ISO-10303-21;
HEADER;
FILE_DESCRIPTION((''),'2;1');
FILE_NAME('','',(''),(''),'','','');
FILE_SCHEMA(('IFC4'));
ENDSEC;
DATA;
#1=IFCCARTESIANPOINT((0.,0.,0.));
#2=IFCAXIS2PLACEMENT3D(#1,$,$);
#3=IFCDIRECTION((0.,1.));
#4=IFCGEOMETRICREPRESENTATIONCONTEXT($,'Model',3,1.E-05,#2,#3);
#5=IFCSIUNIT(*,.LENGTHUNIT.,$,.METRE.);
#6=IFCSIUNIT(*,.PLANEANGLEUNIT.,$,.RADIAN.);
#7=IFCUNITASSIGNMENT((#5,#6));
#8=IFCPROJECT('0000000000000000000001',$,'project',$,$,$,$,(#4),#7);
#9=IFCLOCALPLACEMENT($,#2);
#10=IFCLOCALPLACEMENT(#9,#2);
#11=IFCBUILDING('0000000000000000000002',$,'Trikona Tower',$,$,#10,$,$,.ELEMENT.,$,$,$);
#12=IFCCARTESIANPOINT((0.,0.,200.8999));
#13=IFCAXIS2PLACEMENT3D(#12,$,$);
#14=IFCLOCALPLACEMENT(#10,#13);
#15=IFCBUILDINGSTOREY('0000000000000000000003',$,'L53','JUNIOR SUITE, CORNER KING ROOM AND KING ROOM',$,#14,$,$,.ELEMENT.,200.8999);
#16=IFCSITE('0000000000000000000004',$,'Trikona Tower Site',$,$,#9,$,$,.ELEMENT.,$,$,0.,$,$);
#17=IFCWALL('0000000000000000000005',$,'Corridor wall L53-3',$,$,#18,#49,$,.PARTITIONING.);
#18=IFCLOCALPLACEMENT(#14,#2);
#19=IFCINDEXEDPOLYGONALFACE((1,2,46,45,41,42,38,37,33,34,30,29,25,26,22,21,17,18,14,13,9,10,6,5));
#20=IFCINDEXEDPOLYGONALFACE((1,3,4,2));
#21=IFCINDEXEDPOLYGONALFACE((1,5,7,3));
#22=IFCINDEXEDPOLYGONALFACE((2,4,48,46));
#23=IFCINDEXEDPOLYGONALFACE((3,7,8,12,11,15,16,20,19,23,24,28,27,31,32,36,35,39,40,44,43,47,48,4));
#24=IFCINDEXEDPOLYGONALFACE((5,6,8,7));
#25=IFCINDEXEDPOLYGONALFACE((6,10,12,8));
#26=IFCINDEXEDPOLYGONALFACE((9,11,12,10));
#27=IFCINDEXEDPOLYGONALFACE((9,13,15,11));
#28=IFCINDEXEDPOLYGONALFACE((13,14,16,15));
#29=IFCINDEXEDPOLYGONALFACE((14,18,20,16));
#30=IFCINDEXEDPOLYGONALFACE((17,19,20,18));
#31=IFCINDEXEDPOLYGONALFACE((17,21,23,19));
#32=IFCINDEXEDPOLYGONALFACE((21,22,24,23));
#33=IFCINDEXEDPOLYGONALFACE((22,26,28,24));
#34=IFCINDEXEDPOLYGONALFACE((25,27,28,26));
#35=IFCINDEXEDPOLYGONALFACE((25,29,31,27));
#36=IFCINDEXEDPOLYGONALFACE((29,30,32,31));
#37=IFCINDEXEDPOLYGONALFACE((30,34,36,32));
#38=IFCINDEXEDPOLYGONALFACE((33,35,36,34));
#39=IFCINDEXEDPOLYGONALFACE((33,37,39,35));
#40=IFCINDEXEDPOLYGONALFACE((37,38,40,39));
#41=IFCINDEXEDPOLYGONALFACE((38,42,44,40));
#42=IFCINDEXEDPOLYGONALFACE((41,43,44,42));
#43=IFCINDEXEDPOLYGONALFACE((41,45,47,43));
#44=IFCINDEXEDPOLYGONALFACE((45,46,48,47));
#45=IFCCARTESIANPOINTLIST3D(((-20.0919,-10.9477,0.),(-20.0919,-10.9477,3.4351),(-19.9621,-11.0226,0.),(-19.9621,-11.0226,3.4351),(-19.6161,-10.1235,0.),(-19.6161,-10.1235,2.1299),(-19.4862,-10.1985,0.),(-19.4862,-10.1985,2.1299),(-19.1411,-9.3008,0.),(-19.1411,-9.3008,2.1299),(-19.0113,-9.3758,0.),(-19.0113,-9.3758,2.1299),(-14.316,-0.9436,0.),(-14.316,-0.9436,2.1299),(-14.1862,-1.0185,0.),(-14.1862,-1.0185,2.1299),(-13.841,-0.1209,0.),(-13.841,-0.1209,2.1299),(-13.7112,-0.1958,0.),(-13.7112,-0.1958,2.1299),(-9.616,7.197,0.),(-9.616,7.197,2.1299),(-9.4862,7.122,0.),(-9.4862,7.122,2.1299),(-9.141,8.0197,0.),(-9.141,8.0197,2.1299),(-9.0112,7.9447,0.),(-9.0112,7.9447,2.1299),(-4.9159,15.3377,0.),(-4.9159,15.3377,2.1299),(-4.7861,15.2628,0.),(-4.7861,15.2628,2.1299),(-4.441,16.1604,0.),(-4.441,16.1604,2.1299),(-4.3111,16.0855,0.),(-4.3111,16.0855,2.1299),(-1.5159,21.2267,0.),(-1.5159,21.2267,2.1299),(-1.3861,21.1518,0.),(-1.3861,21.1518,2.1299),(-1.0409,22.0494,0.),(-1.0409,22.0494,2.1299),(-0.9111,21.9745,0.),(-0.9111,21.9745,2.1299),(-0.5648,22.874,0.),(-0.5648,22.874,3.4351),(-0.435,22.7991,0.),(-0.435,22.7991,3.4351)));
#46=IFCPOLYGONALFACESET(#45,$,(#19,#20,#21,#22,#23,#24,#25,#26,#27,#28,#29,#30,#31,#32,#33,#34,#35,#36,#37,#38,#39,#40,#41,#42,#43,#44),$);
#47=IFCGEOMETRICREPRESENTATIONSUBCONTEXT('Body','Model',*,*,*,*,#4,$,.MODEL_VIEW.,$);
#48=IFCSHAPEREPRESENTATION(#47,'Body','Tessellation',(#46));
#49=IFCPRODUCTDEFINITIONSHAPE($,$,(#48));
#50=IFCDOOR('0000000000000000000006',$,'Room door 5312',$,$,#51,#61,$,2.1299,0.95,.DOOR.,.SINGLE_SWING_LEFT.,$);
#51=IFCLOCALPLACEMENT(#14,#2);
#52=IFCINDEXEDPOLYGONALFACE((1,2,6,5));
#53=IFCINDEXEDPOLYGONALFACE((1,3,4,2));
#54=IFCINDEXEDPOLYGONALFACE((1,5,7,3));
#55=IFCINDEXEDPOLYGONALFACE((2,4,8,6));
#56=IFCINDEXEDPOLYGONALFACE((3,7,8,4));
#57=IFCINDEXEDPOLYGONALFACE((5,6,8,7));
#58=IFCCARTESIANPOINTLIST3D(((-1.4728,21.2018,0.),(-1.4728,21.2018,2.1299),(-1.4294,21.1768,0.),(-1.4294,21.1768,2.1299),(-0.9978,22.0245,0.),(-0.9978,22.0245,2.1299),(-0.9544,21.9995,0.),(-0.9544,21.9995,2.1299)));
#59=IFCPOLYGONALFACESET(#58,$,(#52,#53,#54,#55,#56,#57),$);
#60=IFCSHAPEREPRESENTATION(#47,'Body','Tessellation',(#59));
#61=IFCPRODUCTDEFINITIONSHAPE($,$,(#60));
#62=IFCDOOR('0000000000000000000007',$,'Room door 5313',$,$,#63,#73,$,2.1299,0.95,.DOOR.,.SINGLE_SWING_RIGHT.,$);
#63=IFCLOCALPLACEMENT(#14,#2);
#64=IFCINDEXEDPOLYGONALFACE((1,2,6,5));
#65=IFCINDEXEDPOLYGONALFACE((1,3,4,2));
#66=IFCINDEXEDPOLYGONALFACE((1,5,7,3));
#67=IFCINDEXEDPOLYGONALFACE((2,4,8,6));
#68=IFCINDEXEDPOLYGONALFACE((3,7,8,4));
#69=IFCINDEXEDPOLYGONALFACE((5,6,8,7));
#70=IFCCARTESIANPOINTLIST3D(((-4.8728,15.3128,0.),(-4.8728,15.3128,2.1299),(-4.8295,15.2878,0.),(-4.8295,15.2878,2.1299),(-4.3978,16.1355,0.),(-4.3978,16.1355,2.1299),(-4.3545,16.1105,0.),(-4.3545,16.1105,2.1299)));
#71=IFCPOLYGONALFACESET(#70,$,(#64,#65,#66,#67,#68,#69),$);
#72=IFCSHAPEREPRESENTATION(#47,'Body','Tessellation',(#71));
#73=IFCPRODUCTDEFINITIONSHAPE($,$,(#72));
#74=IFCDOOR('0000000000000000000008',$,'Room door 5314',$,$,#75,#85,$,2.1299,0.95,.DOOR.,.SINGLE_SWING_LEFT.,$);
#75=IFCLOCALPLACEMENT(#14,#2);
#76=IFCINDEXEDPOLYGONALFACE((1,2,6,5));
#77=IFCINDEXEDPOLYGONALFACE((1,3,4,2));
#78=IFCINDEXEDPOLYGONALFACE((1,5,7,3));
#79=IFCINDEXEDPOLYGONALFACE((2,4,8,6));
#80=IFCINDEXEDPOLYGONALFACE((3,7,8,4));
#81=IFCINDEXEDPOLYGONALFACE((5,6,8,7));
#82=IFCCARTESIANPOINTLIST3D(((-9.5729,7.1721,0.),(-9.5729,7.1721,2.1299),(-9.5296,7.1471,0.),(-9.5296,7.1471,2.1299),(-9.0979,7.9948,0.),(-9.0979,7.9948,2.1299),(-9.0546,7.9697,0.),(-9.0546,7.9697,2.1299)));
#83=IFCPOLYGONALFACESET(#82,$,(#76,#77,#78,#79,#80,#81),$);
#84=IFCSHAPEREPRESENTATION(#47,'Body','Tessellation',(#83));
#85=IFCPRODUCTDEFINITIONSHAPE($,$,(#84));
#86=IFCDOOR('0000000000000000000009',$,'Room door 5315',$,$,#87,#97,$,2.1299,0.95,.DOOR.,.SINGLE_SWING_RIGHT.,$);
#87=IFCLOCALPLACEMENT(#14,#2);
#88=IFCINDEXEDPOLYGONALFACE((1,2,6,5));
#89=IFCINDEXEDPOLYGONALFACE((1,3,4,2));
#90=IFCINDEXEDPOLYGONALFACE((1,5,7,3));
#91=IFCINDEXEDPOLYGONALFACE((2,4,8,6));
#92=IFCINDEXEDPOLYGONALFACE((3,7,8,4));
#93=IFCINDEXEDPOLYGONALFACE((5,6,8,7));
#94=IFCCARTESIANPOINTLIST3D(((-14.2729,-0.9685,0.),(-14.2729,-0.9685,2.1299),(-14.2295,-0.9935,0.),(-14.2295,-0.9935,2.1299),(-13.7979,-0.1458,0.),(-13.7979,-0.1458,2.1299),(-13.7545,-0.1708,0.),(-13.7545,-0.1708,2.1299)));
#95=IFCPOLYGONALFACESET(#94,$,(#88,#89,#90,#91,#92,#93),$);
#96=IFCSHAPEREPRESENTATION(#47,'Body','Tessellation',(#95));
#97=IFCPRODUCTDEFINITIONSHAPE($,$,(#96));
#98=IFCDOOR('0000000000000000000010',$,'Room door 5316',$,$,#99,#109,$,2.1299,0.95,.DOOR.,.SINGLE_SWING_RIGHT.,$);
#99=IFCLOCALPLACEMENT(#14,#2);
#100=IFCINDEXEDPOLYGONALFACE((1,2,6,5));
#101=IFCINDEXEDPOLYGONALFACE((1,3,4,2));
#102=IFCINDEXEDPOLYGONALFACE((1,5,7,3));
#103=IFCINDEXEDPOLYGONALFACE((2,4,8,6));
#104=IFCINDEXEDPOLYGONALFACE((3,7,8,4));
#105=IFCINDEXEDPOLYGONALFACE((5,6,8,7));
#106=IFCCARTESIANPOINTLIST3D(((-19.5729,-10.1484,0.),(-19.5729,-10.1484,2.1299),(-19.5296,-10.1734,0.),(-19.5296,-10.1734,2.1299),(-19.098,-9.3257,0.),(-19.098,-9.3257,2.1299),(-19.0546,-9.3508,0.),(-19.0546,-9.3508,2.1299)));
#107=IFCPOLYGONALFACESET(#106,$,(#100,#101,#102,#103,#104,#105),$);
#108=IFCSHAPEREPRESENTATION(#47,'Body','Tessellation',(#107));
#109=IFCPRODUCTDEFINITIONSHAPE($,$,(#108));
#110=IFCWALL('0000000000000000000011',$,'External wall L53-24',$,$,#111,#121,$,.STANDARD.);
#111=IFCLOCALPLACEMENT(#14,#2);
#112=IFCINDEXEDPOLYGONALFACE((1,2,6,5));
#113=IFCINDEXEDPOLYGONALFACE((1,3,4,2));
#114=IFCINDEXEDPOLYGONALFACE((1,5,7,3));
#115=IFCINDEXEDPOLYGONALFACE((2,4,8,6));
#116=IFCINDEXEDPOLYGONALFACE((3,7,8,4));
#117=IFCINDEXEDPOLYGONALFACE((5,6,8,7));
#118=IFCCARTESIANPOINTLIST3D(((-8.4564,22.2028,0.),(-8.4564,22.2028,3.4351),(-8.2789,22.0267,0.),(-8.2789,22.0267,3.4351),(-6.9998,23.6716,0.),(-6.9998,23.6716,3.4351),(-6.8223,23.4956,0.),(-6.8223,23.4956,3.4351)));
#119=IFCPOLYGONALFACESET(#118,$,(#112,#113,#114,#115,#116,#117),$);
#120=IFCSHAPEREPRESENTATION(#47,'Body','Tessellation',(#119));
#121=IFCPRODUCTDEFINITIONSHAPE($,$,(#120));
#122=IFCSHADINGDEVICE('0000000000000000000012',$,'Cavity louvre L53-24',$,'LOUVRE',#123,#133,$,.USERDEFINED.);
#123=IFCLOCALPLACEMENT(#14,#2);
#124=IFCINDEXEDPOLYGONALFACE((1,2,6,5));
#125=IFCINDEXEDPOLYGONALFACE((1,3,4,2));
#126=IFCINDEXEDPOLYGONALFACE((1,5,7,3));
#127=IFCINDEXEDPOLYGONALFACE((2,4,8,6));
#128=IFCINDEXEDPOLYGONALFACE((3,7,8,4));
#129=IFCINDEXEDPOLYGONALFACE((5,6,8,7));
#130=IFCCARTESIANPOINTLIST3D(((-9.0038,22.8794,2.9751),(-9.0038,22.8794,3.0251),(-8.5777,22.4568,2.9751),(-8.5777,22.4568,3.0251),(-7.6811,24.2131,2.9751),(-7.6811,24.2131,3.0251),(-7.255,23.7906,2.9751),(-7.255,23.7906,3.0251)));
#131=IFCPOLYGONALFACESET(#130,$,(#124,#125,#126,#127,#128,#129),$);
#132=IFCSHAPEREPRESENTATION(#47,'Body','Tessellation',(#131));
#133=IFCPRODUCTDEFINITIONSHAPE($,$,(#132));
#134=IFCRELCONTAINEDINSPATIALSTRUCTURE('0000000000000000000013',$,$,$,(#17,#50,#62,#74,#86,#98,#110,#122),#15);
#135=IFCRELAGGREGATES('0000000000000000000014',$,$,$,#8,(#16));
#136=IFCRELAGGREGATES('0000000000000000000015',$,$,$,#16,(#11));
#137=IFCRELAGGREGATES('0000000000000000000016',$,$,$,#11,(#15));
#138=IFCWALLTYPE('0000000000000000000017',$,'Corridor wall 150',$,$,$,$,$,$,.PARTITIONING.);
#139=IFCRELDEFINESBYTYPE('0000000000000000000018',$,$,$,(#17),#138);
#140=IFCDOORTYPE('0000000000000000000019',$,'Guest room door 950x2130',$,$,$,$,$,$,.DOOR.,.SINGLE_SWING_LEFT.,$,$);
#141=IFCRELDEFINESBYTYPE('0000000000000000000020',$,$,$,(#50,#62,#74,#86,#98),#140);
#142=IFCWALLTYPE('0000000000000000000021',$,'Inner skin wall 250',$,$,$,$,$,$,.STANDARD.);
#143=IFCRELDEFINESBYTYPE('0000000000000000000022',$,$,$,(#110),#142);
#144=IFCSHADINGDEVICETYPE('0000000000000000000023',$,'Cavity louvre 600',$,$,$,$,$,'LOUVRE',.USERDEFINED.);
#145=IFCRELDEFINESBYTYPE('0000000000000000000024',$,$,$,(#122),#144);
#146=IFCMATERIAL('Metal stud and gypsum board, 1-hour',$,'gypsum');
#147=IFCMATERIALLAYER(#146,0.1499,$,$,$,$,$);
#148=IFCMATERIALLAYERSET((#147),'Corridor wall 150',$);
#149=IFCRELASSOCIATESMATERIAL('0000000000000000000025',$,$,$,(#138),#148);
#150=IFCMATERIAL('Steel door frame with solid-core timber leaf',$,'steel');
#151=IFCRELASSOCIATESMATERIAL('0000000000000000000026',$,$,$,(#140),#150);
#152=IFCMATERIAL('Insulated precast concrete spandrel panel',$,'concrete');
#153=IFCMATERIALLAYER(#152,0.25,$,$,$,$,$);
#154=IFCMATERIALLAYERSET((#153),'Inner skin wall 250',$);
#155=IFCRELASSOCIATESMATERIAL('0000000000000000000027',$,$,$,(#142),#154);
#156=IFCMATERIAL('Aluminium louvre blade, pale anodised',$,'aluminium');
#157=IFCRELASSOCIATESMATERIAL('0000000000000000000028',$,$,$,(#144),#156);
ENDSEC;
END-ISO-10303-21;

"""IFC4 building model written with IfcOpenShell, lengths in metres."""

from ifc_helpers import new_model, si_unit, direction, frame, frame_2d, origin, origin_2d, place, context, subcontext, project, spatial, rectangle, extrude, material, layer, layer_set, type_object, element, fill, save


model = new_model("IFC4")

# Units and contexts
model_context = context("Model", 3, precision=1e-05, world=origin(), true_north=direction((0.0, 1.0)))
body_context = subcontext(model_context, "Body", "Model", "MODEL_VIEW")
ifc_project = project(units=[si_unit("LENGTHUNIT", "METRE"), si_unit("PLANEANGLEUNIT", "RADIAN")], contexts=[model_context])

# Site, building, storey
site_placement = place(None, origin())
site = spatial("IfcSite", under=ifc_project, at=site_placement, Name="Trikona Tower Site", CompositionType="ELEMENT", RefElevation=0.0)
building_placement = place(site_placement, origin())
building = spatial("IfcBuilding", under=site, at=building_placement, Name="Trikona Tower", CompositionType="ELEMENT")
storey_placement = place(building_placement, frame((0.0, 0.0, 200.8999)))
storey = spatial("IfcBuildingStorey", under=building, at=storey_placement, Name="L53", Description="JUNIOR SUITE, CORNER KING ROOM AND KING ROOM", CompositionType="ELEMENT", Elevation=200.8999)

# Wall, openings, doors
ifc_material_1 = material(Name="Metal stud and gypsum board, 1-hour", Category="gypsum")
ifc_layer_1 = layer(ifc_material_1, 0.1499)
ifc_layer_set_1 = layer_set([ifc_layer_1], Name="Corridor wall 150")
wall_type_1 = type_object("IfcWallType", Name="Corridor wall 150", PredefinedType="PARTITIONING", material=ifc_layer_set_1)
wall_1_placement = place(storey_placement, frame((-0.5, 22.8364, 0.0), z_axis=(0.0, 0.0, 1.0), x_axis=(-0.500002, -0.866024, 0.0)))
wall_1 = element("IfcWall", 1, at=wall_1_placement, inside=storey, type_object=wall_type_1, Name="Corridor wall L53-3", PredefinedType="PARTITIONING", context=body_context, shape_type="SweptSolid", body=[
    extrude(rectangle(XDim=39.054, YDim=0.1499, at=frame_2d((19.5269, 0.0))), origin(), (0.0, 0.0, 1.0), 3.4351),
])
opening_1_placement = place(wall_1_placement, frame((0.9519, 0.0, 0.0)))
opening_1 = element("IfcOpeningElement", 2, at=opening_1_placement, cuts=wall_1, PredefinedType="OPENING", context=body_context, shape_type="SweptSolid", body=[
    extrude(rectangle(XDim=0.95, YDim=2.1299, at=frame_2d((0.4751, 1.0649))), frame((0.0, 0.085, 0.0), z_axis=(0.0, -1.0, 0.0), x_axis=(1.0, 0.0, 0.0)), (0.0, 0.0, 1.0), 0.1699),
])
opening_2_placement = place(wall_1_placement, frame((7.752, 0.0, 0.0)))
opening_2 = element("IfcOpeningElement", 3, at=opening_2_placement, cuts=wall_1, PredefinedType="OPENING", context=body_context, shape_type="SweptSolid", body=[
    extrude(rectangle(XDim=0.95, YDim=2.1299, at=frame_2d((0.4751, 1.0649))), frame((0.0, 0.085, 0.0), z_axis=(0.0, -1.0, 0.0), x_axis=(1.0, 0.0, 0.0)), (0.0, 0.0, 1.0), 0.1699),
])
opening_3_placement = place(wall_1_placement, frame((17.1521, 0.0, 0.0)))
opening_3 = element("IfcOpeningElement", 4, at=opening_3_placement, cuts=wall_1, PredefinedType="OPENING", context=body_context, shape_type="SweptSolid", body=[
    extrude(rectangle(XDim=0.95, YDim=2.1299, at=frame_2d((0.4751, 1.0649))), frame((0.0, 0.085, 0.0), z_axis=(0.0, -1.0, 0.0), x_axis=(1.0, 0.0, 0.0)), (0.0, 0.0, 1.0), 0.1699),
])
opening_4_placement = place(wall_1_placement, frame((26.552, 0.0, 0.0)))
opening_4 = element("IfcOpeningElement", 5, at=opening_4_placement, cuts=wall_1, PredefinedType="OPENING", context=body_context, shape_type="SweptSolid", body=[
    extrude(rectangle(XDim=0.95, YDim=2.1299, at=frame_2d((0.4751, 1.0649))), frame((0.0, 0.085, 0.0), z_axis=(0.0, -1.0, 0.0), x_axis=(1.0, 0.0, 0.0)), (0.0, 0.0, 1.0), 0.1699),
])
opening_5_placement = place(wall_1_placement, frame((37.1521, 0.0, 0.0)))
opening_5 = element("IfcOpeningElement", 6, at=opening_5_placement, cuts=wall_1, PredefinedType="OPENING", context=body_context, shape_type="SweptSolid", body=[
    extrude(rectangle(XDim=0.95, YDim=2.1299, at=frame_2d((0.4751, 1.0649))), frame((0.0, 0.085, 0.0), z_axis=(0.0, -1.0, 0.0), x_axis=(1.0, 0.0, 0.0)), (0.0, 0.0, 1.0), 0.1699),
])
ifc_material_2 = material(Name="Steel door frame with solid-core timber leaf", Category="steel")
door_type = type_object("IfcDoorType", Name="Guest room door 950x2130", OperationType="SINGLE_SWING_LEFT", PredefinedType="DOOR", material=ifc_material_2)
door_1_placement = place(opening_1_placement, origin())
door_1 = element("IfcDoor", 7, at=door_1_placement, inside=storey, type_object=door_type, Name="Room door 5312", OperationType="SINGLE_SWING_LEFT", OverallHeight=2.1299, OverallWidth=0.95, PredefinedType="DOOR", context=body_context, shape_type="SweptSolid", body=[
    extrude(rectangle(XDim=0.95, YDim=2.1299, at=frame_2d((0.4751, 1.0649))), frame((0.0, 0.0249, 0.0), z_axis=(0.0, -1.0, 0.0), x_axis=(1.0, 0.0, 0.0)), (0.0, 0.0, 1.0), 0.05),
])
fill(opening_1, door_1)
door_2_placement = place(opening_2_placement, origin())
door_2 = element("IfcDoor", 8, at=door_2_placement, inside=storey, type_object=door_type, Name="Room door 5313", OperationType="SINGLE_SWING_RIGHT", OverallHeight=2.1299, OverallWidth=0.95, PredefinedType="DOOR", context=body_context, shape_type="SweptSolid", body=[
    extrude(rectangle(XDim=0.95, YDim=2.1299, at=frame_2d((0.4751, 1.0649))), frame((0.0, 0.0249, 0.0), z_axis=(0.0, -1.0, 0.0), x_axis=(1.0, 0.0, 0.0)), (0.0, 0.0, 1.0), 0.05),
])
fill(opening_2, door_2)
door_3_placement = place(opening_3_placement, origin())
door_3 = element("IfcDoor", 9, at=door_3_placement, inside=storey, type_object=door_type, Name="Room door 5314", OperationType="SINGLE_SWING_LEFT", OverallHeight=2.1299, OverallWidth=0.95, PredefinedType="DOOR", context=body_context, shape_type="SweptSolid", body=[
    extrude(rectangle(XDim=0.95, YDim=2.1299, at=frame_2d((0.4751, 1.0649))), frame((0.0, 0.0249, 0.0), z_axis=(0.0, -1.0, 0.0), x_axis=(1.0, 0.0, 0.0)), (0.0, 0.0, 1.0), 0.05),
])
fill(opening_3, door_3)
door_4_placement = place(opening_4_placement, origin())
door_4 = element("IfcDoor", 10, at=door_4_placement, inside=storey, type_object=door_type, Name="Room door 5315", OperationType="SINGLE_SWING_RIGHT", OverallHeight=2.1299, OverallWidth=0.95, PredefinedType="DOOR", context=body_context, shape_type="SweptSolid", body=[
    extrude(rectangle(XDim=0.95, YDim=2.1299, at=frame_2d((0.4751, 1.0649))), frame((0.0, 0.0249, 0.0), z_axis=(0.0, -1.0, 0.0), x_axis=(1.0, 0.0, 0.0)), (0.0, 0.0, 1.0), 0.05),
])
fill(opening_4, door_4)
door_5_placement = place(opening_5_placement, origin())
door_5 = element("IfcDoor", 11, at=door_5_placement, inside=storey, type_object=door_type, Name="Room door 5316", OperationType="SINGLE_SWING_RIGHT", OverallHeight=2.1299, OverallWidth=0.95, PredefinedType="DOOR", context=body_context, shape_type="SweptSolid", body=[
    extrude(rectangle(XDim=0.95, YDim=2.1299, at=frame_2d((0.4751, 1.0649))), frame((0.0, 0.0249, 0.0), z_axis=(0.0, -1.0, 0.0), x_axis=(1.0, 0.0, 0.0)), (0.0, 0.0, 1.0), 0.05),
])
fill(opening_5, door_5)

# Wall
ifc_material_3 = material(Name="Insulated precast concrete spandrel panel", Category="concrete")
ifc_layer_2 = layer(ifc_material_3, 0.25)
ifc_layer_set_2 = layer_set([ifc_layer_2], Name="Inner skin wall 250")
wall_type_2 = type_object("IfcWallType", Name="Inner skin wall 250", PredefinedType="STANDARD", material=ifc_layer_set_2)
wall_2_placement = place(storey_placement, frame((-6.9111, 23.5835, 0.0), z_axis=(0.0, 0.0, 1.0), x_axis=(-0.70415, -0.710051, 0.0)))
element("IfcWall", 12, at=wall_2_placement, inside=storey, type_object=wall_type_2, Name="External wall L53-24", PredefinedType="STANDARD", context=body_context, shape_type="SweptSolid", body=[
    extrude(rectangle(XDim=2.0686, YDim=0.25, at=frame_2d((1.0342, 0.0))), origin(), (0.0, 0.0, 1.0), 3.4351),
])

# Shading device
ifc_material_4 = material(Name="Aluminium louvre blade, pale anodised", Category="aluminium")
shading_device_type = type_object("IfcShadingDeviceType", Name="Cavity louvre 600", ElementType="LOUVRE", PredefinedType="USERDEFINED", material=ifc_material_4)
shading_device_placement = place(storey_placement, frame((-8.1294, 23.335, 2.9751), z_axis=(0.0, 0.0, 1.0), x_axis=(-0.704151, -0.71005, 0.0)))
element("IfcShadingDevice", 13, at=shading_device_placement, inside=storey, type_object=shading_device_type, Name="Cavity louvre L53-24", ObjectType="LOUVRE", PredefinedType="USERDEFINED", context=body_context, shape_type="SweptSolid", body=[
    extrude(rectangle(XDim=1.8784, YDim=0.6001, at=origin_2d()), origin(), (0.0, 0.0, 1.0), 0.05),
])

save(model, "model.ifc")
